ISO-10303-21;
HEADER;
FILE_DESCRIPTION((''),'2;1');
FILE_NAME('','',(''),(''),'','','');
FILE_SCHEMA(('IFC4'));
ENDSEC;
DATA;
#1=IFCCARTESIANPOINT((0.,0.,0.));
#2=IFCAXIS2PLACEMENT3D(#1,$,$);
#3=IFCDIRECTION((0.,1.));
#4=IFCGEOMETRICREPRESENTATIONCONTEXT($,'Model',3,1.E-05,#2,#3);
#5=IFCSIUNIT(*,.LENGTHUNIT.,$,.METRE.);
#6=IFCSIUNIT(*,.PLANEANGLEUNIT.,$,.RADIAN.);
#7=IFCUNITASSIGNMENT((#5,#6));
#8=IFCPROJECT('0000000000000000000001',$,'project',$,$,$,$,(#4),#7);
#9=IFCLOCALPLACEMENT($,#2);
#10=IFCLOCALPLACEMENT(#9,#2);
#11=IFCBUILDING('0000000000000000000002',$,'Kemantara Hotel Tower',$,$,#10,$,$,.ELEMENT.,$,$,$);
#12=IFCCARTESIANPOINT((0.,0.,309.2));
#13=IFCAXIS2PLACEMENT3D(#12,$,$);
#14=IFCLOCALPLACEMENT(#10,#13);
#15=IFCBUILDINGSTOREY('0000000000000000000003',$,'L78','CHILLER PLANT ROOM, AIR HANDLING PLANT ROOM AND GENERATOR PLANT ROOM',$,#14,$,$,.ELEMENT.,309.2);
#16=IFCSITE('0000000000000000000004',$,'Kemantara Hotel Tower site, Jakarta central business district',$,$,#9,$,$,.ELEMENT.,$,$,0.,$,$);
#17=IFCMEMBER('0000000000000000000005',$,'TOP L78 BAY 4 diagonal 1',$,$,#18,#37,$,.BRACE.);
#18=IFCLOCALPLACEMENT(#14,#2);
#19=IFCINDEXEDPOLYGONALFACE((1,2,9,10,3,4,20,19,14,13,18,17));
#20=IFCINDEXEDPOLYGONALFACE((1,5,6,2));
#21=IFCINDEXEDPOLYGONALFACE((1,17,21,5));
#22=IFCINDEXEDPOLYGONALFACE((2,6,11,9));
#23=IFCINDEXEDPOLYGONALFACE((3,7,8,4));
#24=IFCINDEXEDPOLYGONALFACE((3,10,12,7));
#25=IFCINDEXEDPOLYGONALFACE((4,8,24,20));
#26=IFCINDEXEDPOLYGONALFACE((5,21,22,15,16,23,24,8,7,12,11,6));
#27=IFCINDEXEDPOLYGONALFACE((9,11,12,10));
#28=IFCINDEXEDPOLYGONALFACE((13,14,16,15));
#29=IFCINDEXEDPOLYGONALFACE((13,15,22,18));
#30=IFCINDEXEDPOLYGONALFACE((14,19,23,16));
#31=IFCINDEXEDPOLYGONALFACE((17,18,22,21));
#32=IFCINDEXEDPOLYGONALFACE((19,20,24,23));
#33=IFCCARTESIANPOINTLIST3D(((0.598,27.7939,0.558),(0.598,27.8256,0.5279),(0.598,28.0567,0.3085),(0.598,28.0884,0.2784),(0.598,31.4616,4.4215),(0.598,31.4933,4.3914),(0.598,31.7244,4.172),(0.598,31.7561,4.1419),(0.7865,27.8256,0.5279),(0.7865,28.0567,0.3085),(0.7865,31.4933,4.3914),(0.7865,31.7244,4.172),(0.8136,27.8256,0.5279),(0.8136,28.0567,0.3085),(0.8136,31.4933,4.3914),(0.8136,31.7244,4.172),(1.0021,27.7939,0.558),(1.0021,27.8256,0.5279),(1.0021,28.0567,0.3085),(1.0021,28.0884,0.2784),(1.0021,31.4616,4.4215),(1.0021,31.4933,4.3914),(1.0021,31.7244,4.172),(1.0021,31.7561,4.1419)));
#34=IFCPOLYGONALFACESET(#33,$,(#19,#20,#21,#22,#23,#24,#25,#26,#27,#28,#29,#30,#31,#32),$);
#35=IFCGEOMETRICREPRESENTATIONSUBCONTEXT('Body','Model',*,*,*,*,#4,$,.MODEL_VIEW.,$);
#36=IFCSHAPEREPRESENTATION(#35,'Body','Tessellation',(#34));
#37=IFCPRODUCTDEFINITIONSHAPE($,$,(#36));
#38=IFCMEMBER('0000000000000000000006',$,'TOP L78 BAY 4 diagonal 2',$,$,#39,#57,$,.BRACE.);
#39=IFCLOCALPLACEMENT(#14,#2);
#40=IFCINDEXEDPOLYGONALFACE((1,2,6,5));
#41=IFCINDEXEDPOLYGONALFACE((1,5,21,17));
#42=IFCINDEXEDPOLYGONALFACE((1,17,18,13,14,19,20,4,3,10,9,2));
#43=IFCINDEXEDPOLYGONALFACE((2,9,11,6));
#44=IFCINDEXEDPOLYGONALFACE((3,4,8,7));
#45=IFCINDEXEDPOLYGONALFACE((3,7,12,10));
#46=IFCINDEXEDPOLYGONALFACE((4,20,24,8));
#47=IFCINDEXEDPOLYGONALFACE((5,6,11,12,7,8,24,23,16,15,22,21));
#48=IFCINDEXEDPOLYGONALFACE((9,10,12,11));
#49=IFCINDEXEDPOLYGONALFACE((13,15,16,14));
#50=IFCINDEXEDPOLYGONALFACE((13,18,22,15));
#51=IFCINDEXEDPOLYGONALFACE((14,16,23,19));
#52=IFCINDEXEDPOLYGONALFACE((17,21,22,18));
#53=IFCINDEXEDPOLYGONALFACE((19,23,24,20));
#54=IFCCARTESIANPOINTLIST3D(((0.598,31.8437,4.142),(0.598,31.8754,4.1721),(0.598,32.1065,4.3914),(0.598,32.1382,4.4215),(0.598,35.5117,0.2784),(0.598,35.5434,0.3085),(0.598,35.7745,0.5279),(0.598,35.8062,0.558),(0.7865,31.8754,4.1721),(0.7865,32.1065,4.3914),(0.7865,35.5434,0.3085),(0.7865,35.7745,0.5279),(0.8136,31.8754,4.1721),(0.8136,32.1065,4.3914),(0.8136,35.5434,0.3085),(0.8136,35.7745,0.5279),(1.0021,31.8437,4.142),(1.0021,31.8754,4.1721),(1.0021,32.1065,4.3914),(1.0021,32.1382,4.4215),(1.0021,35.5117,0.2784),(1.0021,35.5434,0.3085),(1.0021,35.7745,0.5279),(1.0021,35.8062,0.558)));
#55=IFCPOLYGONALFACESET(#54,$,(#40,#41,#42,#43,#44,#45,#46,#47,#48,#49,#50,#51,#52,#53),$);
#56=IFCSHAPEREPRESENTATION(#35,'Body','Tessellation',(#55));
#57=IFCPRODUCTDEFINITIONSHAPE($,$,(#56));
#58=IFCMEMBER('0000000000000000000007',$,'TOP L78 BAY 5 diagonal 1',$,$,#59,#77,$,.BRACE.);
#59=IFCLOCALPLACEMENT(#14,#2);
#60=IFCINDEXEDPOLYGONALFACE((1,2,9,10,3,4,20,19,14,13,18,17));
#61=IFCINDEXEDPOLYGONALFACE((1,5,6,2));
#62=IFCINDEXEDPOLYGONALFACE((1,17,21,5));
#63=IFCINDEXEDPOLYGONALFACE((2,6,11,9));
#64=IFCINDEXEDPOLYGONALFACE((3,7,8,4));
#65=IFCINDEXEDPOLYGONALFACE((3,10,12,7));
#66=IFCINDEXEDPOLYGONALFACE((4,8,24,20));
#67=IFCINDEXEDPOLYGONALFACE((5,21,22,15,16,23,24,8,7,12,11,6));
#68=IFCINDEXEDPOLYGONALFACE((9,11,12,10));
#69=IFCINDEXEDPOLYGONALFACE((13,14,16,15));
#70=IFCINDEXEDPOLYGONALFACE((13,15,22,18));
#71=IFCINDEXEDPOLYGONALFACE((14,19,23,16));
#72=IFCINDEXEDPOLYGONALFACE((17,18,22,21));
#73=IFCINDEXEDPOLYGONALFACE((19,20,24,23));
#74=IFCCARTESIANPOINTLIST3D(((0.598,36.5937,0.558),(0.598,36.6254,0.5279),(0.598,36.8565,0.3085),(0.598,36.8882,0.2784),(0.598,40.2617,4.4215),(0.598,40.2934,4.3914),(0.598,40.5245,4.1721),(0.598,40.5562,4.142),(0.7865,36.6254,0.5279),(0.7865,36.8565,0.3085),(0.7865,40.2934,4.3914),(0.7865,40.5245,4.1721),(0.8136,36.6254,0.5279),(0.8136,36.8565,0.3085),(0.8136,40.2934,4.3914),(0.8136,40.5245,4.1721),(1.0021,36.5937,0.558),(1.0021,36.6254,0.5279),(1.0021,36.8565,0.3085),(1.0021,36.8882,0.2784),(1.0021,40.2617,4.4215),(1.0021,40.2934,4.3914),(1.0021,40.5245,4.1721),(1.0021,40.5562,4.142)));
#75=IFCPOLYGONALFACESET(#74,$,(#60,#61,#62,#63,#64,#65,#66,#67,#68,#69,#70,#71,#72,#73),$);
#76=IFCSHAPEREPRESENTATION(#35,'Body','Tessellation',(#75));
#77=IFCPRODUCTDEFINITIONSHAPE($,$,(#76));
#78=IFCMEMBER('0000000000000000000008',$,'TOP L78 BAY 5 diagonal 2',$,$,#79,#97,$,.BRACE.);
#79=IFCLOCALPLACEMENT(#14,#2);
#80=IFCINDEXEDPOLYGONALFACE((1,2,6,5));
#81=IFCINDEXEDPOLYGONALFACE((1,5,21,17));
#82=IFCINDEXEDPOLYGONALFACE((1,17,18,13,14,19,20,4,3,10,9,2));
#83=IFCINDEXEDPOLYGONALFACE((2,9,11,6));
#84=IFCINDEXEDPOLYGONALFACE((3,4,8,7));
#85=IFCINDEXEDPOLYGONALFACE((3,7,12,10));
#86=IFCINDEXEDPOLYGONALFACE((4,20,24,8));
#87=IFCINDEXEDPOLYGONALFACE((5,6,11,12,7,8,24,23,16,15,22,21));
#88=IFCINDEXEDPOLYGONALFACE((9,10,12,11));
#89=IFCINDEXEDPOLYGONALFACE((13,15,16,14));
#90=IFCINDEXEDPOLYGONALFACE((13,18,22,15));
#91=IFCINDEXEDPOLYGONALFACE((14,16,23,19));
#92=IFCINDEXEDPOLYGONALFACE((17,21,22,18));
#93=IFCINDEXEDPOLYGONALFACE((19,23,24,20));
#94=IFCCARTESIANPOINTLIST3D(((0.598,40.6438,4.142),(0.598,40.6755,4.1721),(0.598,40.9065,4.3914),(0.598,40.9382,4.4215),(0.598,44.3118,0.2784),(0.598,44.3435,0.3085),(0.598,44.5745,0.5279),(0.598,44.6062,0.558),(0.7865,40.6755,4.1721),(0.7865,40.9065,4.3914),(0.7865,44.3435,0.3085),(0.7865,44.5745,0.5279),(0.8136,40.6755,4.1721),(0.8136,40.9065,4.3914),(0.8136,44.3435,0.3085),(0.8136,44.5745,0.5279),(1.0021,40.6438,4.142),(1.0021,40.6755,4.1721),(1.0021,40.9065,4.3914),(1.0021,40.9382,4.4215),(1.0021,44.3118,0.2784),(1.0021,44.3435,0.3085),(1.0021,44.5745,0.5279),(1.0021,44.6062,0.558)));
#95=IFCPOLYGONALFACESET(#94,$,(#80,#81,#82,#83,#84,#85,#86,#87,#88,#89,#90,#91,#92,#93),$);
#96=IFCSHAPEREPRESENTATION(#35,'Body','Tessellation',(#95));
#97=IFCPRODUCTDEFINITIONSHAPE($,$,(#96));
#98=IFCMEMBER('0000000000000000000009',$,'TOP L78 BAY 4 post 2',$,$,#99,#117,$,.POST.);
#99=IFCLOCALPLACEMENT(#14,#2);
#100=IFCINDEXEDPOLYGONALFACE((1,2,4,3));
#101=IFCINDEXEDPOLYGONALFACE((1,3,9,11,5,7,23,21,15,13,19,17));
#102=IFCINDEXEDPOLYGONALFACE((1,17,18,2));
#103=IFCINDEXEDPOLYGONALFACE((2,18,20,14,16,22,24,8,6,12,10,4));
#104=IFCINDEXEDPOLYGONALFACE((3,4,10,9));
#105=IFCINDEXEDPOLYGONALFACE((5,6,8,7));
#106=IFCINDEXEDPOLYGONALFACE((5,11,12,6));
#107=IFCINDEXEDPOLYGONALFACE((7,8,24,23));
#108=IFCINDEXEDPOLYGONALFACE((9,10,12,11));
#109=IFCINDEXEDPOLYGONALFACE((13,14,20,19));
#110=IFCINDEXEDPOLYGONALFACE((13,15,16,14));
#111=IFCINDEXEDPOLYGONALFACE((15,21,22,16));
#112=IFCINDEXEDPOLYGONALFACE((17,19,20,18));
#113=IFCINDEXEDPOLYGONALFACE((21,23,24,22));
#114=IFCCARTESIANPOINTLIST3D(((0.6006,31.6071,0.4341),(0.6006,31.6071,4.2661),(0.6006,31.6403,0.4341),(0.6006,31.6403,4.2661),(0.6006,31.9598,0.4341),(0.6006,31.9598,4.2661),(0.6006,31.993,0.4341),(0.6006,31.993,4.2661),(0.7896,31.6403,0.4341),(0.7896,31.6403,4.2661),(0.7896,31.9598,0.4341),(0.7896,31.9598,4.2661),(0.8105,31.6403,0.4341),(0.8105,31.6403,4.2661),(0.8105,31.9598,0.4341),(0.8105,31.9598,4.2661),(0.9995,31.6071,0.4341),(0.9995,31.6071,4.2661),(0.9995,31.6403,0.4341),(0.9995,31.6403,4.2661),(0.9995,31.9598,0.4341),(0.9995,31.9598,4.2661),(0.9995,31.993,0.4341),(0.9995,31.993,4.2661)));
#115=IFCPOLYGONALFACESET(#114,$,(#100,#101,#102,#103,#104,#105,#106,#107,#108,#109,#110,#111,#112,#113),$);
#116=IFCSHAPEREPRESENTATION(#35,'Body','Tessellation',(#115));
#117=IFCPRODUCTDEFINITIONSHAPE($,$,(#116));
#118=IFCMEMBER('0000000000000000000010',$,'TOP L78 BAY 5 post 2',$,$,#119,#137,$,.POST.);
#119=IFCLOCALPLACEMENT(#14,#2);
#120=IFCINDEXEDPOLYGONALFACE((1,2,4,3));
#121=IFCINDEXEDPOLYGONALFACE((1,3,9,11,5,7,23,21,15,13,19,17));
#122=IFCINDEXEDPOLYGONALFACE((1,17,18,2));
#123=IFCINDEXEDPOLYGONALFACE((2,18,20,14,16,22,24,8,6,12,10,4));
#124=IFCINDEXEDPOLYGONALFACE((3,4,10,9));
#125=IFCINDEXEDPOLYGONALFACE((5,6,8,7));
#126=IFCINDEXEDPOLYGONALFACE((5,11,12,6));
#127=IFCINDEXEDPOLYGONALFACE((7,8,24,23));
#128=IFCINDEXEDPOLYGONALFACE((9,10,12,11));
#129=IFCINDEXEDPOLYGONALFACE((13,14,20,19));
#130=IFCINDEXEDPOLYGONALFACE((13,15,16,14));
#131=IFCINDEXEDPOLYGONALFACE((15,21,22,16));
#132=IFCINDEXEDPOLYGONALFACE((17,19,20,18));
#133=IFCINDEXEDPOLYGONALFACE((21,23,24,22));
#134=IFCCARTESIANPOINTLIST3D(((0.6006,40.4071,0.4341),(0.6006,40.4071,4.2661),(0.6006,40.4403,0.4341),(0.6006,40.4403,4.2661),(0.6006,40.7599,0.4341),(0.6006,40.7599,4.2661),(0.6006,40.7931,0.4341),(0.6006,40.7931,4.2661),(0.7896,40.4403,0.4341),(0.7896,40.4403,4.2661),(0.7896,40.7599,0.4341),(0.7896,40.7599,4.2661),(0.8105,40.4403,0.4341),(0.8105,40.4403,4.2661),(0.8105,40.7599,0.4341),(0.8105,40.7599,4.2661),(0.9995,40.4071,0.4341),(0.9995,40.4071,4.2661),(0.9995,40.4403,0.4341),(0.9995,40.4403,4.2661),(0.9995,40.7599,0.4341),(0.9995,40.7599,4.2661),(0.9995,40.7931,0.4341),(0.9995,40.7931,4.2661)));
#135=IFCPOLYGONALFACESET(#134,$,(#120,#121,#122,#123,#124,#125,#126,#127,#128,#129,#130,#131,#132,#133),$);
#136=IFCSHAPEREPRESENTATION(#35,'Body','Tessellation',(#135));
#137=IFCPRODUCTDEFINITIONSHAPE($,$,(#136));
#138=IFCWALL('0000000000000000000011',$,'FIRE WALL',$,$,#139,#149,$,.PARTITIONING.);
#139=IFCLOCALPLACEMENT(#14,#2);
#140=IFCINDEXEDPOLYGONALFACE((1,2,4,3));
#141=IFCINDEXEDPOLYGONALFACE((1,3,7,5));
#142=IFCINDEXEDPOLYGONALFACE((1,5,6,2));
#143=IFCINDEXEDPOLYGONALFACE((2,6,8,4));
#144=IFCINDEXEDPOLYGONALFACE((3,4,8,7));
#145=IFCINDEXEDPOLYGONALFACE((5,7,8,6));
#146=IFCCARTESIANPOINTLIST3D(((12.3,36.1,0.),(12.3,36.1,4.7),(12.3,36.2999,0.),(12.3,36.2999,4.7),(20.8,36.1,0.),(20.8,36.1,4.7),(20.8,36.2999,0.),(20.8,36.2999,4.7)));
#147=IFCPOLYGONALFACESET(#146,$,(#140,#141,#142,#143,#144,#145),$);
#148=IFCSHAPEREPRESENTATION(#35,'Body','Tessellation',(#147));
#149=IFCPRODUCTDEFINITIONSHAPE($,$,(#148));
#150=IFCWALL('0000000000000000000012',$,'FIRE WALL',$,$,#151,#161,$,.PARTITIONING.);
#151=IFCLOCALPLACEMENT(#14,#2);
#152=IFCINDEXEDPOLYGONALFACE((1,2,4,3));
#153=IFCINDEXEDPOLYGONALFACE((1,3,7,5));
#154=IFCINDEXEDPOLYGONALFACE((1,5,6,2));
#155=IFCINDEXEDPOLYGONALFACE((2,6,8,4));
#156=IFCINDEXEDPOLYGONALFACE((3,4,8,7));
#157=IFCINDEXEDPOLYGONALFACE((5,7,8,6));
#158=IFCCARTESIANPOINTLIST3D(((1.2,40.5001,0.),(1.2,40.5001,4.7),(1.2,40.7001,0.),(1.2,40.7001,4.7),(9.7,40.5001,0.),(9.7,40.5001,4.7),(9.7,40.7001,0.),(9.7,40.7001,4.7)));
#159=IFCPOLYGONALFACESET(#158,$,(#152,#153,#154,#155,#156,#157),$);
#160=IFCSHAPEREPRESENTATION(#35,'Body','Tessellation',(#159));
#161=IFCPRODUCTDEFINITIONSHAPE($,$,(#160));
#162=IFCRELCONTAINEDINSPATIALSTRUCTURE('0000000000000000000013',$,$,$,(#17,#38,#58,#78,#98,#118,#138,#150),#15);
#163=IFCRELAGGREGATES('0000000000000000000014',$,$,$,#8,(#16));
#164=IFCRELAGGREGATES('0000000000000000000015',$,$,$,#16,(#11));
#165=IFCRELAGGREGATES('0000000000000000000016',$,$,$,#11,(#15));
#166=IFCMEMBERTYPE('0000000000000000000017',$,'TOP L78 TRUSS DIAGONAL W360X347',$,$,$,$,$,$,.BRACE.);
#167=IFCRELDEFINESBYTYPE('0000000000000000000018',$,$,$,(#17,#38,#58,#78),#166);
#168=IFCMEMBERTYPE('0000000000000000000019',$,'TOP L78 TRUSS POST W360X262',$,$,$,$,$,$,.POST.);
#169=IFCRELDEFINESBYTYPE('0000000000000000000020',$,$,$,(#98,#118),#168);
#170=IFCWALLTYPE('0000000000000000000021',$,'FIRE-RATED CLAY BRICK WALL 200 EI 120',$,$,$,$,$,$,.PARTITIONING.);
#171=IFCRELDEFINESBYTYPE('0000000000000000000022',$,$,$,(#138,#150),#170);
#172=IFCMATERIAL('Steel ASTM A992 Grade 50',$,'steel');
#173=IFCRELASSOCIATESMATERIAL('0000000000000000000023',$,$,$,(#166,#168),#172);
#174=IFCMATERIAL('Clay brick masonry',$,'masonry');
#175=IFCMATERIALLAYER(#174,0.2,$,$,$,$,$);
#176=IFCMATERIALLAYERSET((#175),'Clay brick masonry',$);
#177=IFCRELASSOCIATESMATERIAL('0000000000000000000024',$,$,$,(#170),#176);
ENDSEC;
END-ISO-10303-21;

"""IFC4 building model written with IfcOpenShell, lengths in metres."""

from ifc_helpers import new_model, si_unit, direction, frame, frame_2d, origin, origin_2d, place, context, subcontext, project, spatial, rectangle, i_section, extrude, material, layer, layer_set, material_profile, profile_set, type_object, element, save


model = new_model("IFC4")

# Units and contexts
model_context = context("Model", 3, precision=1e-05, world=origin(), true_north=direction((0.0, 1.0)))
body_context = subcontext(model_context, "Body", "Model", "MODEL_VIEW")
ifc_project = project(units=[si_unit("LENGTHUNIT", "METRE"), si_unit("PLANEANGLEUNIT", "RADIAN")], contexts=[model_context])

# Site, building, storey
site_placement = place(None, origin())
site = spatial("IfcSite", under=ifc_project, at=site_placement, Name="Kemantara Hotel Tower site, Jakarta central business district", CompositionType="ELEMENT", RefElevation=0.0)
building_placement = place(site_placement, origin())
building = spatial("IfcBuilding", under=site, at=building_placement, Name="Kemantara Hotel Tower", CompositionType="ELEMENT")
storey_placement = place(building_placement, frame((0.0, 0.0, 309.2)))
storey = spatial("IfcBuildingStorey", under=building, at=storey_placement, Name="L78", Description="CHILLER PLANT ROOM, AIR HANDLING PLANT ROOM AND GENERATOR PLANT ROOM", CompositionType="ELEMENT", Elevation=309.2)

# Shared definitions
ifc_material_1 = material(Name="Steel ASTM A992 Grade 50", Category="steel")

# Members
ifc_material_profile_1 = material_profile(ifc_material_1, i_section(OverallWidth=0.4041, OverallDepth=0.406, WebThickness=0.0271, FlangeThickness=0.0437, at=origin_2d()), Name="W360X347")
ifc_profile_set_1 = profile_set([ifc_material_profile_1], Name="Steel ASTM A992 Grade 50")
member_type_1 = type_object("IfcMemberType", Name="TOP L78 TRUSS DIAGONAL W360X347", PredefinedType="BRACE", material=ifc_profile_set_1)
member_placement = place(storey_placement, frame((0.8, 27.9412, 0.4182), z_axis=(0.0, 0.68849, 0.725245), x_axis=(-1.0, 0.0, 0.0)))
element("IfcMember", 1, at=member_placement, inside=storey, type_object=member_type_1, Name="TOP L78 BAY 4 diagonal 1", PredefinedType="BRACE", context=body_context, shape_type="SweptSolid", body=[
    extrude(i_section(OverallWidth=0.4041, OverallDepth=0.406, WebThickness=0.0271, FlangeThickness=0.0437, at=origin_2d()), origin(), (0.0, 0.0, 1.0), 5.3271),
])
for number, where, z_axis, x_axis, name in (
    (2, (0.8, 35.6589, 0.4182), (0.0, -0.688515, 0.725223), (1.0, 0.0, 0.0), "TOP L78 BAY 4 diagonal 2"),
    (3, (0.8, 36.741, 0.4182), (0.0, 0.688515, 0.725223), (-1.0, 0.0, 0.0), "TOP L78 BAY 5 diagonal 1"),
    (4, (0.8, 44.459, 0.4182), (0.0, -0.688515, 0.725223), (1.0, 0.0, 0.0), "TOP L78 BAY 5 diagonal 2"),
):
    element("IfcMember", number, at=place(storey_placement, frame(where, z_axis=z_axis, x_axis=x_axis)), inside=storey, type_object=member_type_1, Name=name, PredefinedType="BRACE", context=body_context, shape_type="SweptSolid", body=[
        extrude(i_section(OverallWidth=0.4041, OverallDepth=0.406, WebThickness=0.0271, FlangeThickness=0.0437, at=origin_2d()), origin(), (0.0, 0.0, 1.0), 5.3274),
    ])
ifc_material_profile_2 = material_profile(ifc_material_1, i_section(OverallWidth=0.3989, OverallDepth=0.386, WebThickness=0.021, FlangeThickness=0.0332, at=origin_2d()), Name="W360X262")
ifc_profile_set_2 = profile_set([ifc_material_profile_2], Name="Steel ASTM A992 Grade 50")
member_type_2 = type_object("IfcMemberType", Name="TOP L78 TRUSS POST W360X262", PredefinedType="POST", material=ifc_profile_set_2)
for number, where, z_axis, x_axis, name in (
    (5, (0.8, 31.8, 0.4341), (0.0, 0.0, 1.0), (1.0, 0.0, 0.0), "TOP L78 BAY 4 post 2"),
    (6, (0.8, 40.6001, 0.4341), (0.0, 0.0, 1.0), (1.0, 0.0, 0.0), "TOP L78 BAY 5 post 2"),
):
    element("IfcMember", number, at=place(storey_placement, frame(where, z_axis=z_axis, x_axis=x_axis)), inside=storey, type_object=member_type_2, Name=name, PredefinedType="POST", context=body_context, shape_type="SweptSolid", body=[
        extrude(i_section(OverallWidth=0.3989, OverallDepth=0.386, WebThickness=0.021, FlangeThickness=0.0332, at=origin_2d()), origin(), (0.0, 0.0, 1.0), 3.832),
    ])

# Walls
ifc_material_2 = material(Name="Clay brick masonry", Category="masonry")
ifc_layer_1 = layer(ifc_material_2, 0.2)
ifc_layer_set_1 = layer_set([ifc_layer_1], Name="Clay brick masonry")
wall_type = type_object("IfcWallType", Name="FIRE-RATED CLAY BRICK WALL 200 EI 120", PredefinedType="PARTITIONING", material=ifc_layer_set_1)
for number, where, z_axis, x_axis, name in (
    (7, (12.3, 36.2, 0.0), (0.0, 0.0, 1.0), (1.0, 0.0, 0.0), "FIRE WALL"),
    (8, (1.2, 40.6001, 0.0), (0.0, 0.0, 1.0), (1.0, 0.0, 0.0), "FIRE WALL"),
):
    element("IfcWall", number, at=place(storey_placement, frame(where, z_axis=z_axis, x_axis=x_axis)), inside=storey, type_object=wall_type, Name=name, PredefinedType="PARTITIONING", context=body_context, shape_type="SweptSolid", body=[
        extrude(rectangle(XDim=8.5, YDim=0.2, at=frame_2d((4.25, 0.0))), origin(), (0.0, 0.0, 1.0), 4.7),
    ])

save(model, "model.ifc")
